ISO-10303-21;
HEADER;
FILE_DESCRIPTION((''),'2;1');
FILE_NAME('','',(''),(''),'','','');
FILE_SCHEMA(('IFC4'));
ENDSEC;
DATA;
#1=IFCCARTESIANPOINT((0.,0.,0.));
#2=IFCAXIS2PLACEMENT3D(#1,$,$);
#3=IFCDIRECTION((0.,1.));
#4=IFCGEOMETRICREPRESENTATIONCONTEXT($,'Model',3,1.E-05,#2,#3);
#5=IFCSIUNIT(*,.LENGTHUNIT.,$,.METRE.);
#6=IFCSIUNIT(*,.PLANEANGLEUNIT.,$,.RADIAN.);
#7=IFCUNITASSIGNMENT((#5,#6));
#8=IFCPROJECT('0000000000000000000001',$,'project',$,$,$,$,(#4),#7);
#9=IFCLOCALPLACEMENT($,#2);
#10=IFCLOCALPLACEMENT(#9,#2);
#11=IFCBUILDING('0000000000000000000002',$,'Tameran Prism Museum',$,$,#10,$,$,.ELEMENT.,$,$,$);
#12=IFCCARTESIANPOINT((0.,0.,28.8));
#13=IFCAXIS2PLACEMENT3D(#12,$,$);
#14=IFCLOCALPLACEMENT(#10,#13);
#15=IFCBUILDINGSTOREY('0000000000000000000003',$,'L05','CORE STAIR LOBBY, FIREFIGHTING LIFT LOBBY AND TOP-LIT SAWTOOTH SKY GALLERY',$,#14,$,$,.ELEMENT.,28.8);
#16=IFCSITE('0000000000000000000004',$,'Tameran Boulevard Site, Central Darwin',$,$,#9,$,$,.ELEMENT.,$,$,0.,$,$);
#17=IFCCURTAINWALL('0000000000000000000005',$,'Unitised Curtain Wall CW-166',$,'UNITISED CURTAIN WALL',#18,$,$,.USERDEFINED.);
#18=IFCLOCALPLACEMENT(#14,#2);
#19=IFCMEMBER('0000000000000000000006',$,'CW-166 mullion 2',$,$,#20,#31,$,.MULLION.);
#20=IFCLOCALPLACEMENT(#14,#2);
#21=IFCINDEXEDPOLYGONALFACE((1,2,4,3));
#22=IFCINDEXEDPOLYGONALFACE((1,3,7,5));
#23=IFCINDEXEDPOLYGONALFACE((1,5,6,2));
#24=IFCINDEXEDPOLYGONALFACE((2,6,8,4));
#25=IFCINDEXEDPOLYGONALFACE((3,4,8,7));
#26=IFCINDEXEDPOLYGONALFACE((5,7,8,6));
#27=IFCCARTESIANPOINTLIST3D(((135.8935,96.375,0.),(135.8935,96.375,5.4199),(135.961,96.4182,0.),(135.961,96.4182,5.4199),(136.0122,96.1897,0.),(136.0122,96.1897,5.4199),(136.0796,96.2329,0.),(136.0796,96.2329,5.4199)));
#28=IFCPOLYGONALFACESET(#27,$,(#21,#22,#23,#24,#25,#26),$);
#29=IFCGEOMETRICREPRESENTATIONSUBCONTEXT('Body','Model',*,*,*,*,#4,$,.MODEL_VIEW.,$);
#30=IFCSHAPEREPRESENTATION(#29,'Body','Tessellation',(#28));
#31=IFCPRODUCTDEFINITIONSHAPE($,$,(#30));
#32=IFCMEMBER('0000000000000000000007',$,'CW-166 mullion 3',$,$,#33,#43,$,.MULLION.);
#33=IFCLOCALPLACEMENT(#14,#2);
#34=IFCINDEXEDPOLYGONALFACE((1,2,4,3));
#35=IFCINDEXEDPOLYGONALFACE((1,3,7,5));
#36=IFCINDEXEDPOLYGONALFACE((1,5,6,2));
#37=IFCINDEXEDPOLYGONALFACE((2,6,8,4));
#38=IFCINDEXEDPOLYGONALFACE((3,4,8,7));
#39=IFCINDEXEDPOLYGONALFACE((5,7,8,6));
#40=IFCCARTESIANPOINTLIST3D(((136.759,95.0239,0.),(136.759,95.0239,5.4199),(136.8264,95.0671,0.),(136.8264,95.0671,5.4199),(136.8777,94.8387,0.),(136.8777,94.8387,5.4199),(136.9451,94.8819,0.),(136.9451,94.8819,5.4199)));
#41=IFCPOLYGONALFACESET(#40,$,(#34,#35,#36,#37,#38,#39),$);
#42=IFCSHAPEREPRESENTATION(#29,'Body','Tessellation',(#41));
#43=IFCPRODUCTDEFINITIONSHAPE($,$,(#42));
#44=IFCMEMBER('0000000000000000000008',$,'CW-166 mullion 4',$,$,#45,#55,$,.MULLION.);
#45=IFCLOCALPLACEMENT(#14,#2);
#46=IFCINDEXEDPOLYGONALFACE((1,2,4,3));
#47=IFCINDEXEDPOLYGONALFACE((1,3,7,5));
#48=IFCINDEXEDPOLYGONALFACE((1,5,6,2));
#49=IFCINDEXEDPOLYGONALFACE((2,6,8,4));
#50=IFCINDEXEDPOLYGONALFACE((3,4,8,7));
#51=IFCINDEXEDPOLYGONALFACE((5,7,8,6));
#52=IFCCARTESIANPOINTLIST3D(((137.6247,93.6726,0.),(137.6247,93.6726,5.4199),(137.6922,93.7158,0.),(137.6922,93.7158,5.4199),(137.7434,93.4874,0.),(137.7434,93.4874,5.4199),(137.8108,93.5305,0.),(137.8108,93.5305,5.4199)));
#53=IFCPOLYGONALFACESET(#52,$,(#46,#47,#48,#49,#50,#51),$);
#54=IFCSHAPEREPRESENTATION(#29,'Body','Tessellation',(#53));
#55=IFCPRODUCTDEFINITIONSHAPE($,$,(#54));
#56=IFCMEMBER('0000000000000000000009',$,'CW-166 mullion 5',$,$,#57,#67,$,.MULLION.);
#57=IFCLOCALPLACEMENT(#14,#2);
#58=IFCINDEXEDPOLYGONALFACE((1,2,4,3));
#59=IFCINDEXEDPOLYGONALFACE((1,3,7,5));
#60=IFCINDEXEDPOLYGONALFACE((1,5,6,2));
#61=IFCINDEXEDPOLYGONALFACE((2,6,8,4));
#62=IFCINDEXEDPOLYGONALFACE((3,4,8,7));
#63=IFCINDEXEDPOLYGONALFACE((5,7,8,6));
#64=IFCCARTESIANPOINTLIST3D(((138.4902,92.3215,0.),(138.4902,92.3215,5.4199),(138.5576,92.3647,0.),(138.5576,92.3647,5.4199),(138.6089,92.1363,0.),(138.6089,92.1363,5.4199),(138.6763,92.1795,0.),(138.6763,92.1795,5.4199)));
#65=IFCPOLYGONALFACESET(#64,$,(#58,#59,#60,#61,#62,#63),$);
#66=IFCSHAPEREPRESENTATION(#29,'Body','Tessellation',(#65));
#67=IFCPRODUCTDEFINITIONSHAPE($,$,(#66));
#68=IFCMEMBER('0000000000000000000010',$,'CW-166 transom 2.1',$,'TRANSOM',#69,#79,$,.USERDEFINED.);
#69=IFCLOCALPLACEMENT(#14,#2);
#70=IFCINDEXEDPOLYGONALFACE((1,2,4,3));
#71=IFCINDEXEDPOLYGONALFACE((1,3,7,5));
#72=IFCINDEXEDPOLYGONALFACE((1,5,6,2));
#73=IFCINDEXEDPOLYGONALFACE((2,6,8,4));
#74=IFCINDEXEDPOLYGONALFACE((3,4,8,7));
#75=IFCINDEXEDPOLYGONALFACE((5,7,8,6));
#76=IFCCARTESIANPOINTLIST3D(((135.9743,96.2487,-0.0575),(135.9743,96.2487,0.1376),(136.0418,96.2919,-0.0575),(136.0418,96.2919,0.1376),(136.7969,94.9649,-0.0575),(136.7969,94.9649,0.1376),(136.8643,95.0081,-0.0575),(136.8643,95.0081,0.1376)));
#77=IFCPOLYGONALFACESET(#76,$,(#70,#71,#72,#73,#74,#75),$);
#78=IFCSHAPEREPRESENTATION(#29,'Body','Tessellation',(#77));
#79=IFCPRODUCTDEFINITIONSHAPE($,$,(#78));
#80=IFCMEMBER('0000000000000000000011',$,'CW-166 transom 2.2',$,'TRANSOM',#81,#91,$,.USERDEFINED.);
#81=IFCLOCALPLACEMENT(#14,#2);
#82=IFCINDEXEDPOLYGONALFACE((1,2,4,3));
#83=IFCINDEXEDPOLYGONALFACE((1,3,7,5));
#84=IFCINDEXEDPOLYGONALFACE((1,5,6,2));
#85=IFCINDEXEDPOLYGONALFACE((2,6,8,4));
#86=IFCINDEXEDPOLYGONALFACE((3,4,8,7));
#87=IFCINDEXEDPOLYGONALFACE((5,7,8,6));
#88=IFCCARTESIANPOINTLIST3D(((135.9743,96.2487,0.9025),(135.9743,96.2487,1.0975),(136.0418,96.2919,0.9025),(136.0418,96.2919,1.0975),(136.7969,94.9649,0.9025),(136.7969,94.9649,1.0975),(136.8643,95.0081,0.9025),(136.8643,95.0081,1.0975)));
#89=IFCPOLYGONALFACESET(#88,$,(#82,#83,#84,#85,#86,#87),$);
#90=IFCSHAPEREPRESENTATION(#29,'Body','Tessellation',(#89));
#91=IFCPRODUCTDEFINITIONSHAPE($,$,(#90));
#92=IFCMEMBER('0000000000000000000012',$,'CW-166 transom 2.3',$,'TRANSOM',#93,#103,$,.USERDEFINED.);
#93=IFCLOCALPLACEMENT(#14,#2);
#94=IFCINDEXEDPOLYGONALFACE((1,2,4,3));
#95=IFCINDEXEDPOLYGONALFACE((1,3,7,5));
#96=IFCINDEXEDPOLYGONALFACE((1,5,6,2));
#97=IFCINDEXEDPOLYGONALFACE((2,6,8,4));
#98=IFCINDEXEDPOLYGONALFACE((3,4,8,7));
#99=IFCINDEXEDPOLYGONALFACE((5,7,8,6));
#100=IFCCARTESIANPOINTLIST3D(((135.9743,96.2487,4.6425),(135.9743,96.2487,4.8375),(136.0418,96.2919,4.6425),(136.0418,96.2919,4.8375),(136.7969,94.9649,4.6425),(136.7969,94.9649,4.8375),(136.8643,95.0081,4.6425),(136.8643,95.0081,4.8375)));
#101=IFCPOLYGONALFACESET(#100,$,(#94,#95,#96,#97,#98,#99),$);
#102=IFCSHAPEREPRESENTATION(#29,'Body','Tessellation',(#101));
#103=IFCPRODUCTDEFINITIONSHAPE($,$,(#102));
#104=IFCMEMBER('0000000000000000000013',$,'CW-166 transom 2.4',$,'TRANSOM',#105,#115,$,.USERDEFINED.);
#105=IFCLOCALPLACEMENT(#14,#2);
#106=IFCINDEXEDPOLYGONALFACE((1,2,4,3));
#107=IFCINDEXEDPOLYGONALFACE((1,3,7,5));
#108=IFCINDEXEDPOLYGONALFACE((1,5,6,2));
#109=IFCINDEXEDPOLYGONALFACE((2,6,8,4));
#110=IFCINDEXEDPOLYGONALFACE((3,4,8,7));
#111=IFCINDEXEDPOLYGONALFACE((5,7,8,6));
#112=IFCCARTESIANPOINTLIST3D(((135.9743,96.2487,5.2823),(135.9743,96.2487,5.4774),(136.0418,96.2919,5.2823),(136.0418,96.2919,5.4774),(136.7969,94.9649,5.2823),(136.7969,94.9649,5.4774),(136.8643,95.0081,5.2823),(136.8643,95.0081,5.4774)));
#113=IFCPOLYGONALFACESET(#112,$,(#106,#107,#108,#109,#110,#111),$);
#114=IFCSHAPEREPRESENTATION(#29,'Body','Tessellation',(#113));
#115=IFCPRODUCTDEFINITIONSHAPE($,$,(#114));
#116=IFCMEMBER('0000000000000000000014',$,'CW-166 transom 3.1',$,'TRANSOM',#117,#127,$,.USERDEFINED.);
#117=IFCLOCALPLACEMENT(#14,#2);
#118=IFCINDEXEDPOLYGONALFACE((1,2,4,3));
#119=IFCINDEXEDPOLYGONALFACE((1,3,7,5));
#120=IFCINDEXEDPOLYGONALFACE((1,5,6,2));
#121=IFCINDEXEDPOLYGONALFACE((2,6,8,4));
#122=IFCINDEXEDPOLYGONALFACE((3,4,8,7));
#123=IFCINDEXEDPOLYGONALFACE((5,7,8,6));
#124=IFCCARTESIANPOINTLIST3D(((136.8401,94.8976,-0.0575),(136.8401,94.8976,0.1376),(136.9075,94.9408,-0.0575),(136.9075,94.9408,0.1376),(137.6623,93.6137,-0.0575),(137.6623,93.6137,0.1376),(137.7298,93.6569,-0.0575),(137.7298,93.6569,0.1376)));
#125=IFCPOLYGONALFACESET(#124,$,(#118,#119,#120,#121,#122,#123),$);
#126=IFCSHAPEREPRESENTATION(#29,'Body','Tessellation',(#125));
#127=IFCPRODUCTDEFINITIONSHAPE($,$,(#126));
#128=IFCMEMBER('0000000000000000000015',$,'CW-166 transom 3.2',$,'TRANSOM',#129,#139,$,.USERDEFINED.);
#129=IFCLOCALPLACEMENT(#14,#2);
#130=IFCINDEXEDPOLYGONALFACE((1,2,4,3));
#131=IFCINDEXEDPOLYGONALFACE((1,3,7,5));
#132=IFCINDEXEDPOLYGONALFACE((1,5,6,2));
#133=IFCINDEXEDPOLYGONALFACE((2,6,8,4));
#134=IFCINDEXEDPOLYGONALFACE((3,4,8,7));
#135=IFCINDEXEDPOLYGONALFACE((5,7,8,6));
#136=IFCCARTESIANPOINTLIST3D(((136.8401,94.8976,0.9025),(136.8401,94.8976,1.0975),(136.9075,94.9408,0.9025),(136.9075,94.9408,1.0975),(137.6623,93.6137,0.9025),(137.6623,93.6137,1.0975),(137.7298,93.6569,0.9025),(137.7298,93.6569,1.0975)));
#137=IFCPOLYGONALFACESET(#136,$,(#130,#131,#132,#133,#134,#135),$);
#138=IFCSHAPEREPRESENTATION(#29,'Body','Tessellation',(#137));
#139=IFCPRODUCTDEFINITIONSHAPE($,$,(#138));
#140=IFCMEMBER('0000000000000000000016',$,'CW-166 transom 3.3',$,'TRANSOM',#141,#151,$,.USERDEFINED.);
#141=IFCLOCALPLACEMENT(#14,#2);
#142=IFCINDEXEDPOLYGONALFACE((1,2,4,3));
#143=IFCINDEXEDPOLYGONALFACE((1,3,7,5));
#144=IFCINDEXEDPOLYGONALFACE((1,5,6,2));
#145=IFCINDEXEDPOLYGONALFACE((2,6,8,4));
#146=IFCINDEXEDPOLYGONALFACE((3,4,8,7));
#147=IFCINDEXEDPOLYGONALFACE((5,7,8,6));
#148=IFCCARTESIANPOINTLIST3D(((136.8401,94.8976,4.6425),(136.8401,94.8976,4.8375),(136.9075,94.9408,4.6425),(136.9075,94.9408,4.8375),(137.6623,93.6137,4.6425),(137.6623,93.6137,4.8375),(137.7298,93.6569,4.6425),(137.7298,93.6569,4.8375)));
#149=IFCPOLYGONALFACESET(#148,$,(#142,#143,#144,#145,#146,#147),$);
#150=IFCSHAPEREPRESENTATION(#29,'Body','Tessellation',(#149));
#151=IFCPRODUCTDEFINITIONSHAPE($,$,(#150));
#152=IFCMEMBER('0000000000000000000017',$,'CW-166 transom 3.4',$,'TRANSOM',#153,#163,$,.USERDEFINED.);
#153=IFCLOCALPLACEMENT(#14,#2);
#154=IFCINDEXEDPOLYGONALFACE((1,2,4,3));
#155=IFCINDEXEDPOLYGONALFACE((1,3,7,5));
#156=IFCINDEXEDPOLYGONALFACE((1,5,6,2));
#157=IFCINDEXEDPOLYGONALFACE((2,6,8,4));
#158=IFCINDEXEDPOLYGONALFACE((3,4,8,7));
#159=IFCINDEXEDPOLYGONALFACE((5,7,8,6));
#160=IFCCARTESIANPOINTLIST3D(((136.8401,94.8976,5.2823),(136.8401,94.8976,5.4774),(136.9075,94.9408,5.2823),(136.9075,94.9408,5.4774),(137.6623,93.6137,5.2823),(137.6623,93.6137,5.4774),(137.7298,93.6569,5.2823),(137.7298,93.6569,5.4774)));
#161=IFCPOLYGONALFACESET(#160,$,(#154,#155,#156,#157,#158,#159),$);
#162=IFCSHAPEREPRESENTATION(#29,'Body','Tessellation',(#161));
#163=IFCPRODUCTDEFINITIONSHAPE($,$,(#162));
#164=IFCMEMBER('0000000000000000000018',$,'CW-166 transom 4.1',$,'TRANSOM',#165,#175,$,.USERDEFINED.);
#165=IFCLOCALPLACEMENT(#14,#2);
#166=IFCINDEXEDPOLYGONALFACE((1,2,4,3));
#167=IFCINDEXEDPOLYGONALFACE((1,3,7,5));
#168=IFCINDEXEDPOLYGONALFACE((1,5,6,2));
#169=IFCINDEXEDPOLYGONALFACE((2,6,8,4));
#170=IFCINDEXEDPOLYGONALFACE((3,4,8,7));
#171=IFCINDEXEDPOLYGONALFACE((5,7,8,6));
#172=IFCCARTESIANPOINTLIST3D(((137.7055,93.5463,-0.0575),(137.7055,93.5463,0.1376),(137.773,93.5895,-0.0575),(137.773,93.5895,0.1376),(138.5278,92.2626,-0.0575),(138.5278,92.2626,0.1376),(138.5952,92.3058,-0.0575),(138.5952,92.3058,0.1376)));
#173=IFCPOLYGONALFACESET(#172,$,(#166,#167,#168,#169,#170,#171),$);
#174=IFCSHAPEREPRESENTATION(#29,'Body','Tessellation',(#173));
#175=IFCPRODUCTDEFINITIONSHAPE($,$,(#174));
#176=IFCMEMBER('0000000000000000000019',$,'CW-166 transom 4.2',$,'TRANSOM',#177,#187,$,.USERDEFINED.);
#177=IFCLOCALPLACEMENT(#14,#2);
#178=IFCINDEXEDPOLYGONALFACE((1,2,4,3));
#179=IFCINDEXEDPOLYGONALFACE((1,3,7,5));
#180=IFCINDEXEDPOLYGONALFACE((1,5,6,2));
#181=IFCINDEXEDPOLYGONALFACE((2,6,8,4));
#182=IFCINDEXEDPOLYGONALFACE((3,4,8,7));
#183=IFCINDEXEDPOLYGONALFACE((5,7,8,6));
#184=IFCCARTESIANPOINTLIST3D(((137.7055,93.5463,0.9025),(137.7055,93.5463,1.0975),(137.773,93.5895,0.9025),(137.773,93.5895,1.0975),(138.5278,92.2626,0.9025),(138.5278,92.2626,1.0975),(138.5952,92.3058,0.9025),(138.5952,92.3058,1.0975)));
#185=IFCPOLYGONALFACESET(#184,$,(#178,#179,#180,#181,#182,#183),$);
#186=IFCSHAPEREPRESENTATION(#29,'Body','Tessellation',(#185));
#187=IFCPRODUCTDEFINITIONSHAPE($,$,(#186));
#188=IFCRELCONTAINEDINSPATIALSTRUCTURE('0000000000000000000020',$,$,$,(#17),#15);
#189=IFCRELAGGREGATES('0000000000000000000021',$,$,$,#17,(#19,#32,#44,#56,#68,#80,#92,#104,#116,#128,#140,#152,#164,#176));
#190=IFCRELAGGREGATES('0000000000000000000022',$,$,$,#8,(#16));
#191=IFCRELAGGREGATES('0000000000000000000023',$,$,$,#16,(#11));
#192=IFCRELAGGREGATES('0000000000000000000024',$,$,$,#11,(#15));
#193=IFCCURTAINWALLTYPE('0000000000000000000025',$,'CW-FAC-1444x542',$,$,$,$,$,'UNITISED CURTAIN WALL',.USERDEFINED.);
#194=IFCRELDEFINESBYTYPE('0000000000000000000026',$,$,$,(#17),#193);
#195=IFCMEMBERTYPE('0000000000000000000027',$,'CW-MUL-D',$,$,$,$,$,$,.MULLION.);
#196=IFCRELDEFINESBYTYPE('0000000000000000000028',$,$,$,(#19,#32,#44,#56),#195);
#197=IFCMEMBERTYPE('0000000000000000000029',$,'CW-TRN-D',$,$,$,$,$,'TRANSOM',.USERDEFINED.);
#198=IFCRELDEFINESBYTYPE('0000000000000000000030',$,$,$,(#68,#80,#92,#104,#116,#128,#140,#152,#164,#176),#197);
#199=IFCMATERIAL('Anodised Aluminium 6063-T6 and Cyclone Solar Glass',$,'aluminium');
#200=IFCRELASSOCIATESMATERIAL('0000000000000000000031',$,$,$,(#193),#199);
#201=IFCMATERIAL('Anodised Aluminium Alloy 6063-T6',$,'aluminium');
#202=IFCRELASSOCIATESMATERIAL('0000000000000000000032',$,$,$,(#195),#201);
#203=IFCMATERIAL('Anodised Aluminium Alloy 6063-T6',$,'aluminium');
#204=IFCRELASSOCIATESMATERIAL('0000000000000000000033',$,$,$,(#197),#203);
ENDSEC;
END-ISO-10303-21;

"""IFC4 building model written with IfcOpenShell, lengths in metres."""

from ifc_helpers import new_model, si_unit, direction, frame, origin, origin_2d, place, context, subcontext, project, spatial, rectangle, extrude, material, material_profile, profile_set, type_object, element, aggregate, save


model = new_model("IFC4")

# Units and contexts
model_context = context("Model", 3, precision=1e-05, world=origin(), true_north=direction((0.0, 1.0)))
body_context = subcontext(model_context, "Body", "Model", "MODEL_VIEW")
ifc_project = project(units=[si_unit("LENGTHUNIT", "METRE"), si_unit("PLANEANGLEUNIT", "RADIAN")], contexts=[model_context])

# Site, building, storey
site_placement = place(None, origin())
site = spatial("IfcSite", under=ifc_project, at=site_placement, Name="Tameran Boulevard Site, Central Darwin", CompositionType="ELEMENT", RefElevation=0.0)
building_placement = place(site_placement, origin())
building = spatial("IfcBuilding", under=site, at=building_placement, Name="Tameran Prism Museum", CompositionType="ELEMENT")
storey_placement = place(building_placement, frame((0.0, 0.0, 28.8)))
storey = spatial("IfcBuildingStorey", under=building, at=storey_placement, Name="L05", Description="CORE STAIR LOBBY, FIREFIGHTING LIFT LOBBY AND TOP-LIT SAWTOOTH SKY GALLERY", CompositionType="ELEMENT", Elevation=28.8)

# Curtain wall, members
ifc_material_1 = material(Name="Anodised Aluminium 6063-T6 and Cyclone Solar Glass", Category="aluminium")
curtain_wall_type = type_object("IfcCurtainWallType", Name="CW-FAC-1444x542", ElementType="UNITISED CURTAIN WALL", PredefinedType="USERDEFINED", material=ifc_material_1)
curtain_wall_placement = place(storey_placement, origin())
curtain_wall = element("IfcCurtainWall", 1, at=curtain_wall_placement, inside=storey, type_object=curtain_wall_type, Name="Unitised Curtain Wall CW-166", ObjectType="UNITISED CURTAIN WALL", PredefinedType="USERDEFINED")
ifc_material_2 = material(Name="Anodised Aluminium Alloy 6063-T6", Category="aluminium")
ifc_material_profile_1 = material_profile(ifc_material_2, rectangle(XDim=0.0801, YDim=0.22, at=origin_2d()))
ifc_profile_set_1 = profile_set([ifc_material_profile_1])
member_type_1 = type_object("IfcMemberType", Name="CW-MUL-D", PredefinedType="MULLION", material=ifc_profile_set_1)
member_1_placement = place(storey_placement, frame((135.9866, 96.304, 0.0), z_axis=(0.0, 0.0, 1.0), x_axis=(0.842032, 0.539427, 0.0)))
member_1 = element("IfcMember", 2, at=member_1_placement, type_object=member_type_1, Name="CW-166 mullion 2", PredefinedType="MULLION", context=body_context, shape_type="SweptSolid", body=[
    extrude(rectangle(XDim=0.0801, YDim=0.22, at=origin_2d()), origin(), (0.0, 0.0, 1.0), 5.4199),
])
member_2_placement = place(storey_placement, frame((136.8521, 94.9529, 0.0), z_axis=(0.0, 0.0, 1.0), x_axis=(0.842032, 0.539427, 0.0)))
member_2 = element("IfcMember", 3, at=member_2_placement, type_object=member_type_1, Name="CW-166 mullion 3", PredefinedType="MULLION", context=body_context, shape_type="SweptSolid", body=[
    extrude(rectangle(XDim=0.0801, YDim=0.22, at=origin_2d()), origin(), (0.0, 0.0, 1.0), 5.4199),
])
member_3_placement = place(storey_placement, frame((137.7178, 93.6016, 0.0), z_axis=(0.0, 0.0, 1.0), x_axis=(0.842032, 0.539427, 0.0)))
member_3 = element("IfcMember", 4, at=member_3_placement, type_object=member_type_1, Name="CW-166 mullion 4", PredefinedType="MULLION", context=body_context, shape_type="SweptSolid", body=[
    extrude(rectangle(XDim=0.0801, YDim=0.22, at=origin_2d()), origin(), (0.0, 0.0, 1.0), 5.4199),
])
member_4_placement = place(storey_placement, frame((138.5833, 92.2505, 0.0), z_axis=(0.0, 0.0, 1.0), x_axis=(0.842032, 0.539427, 0.0)))
member_4 = element("IfcMember", 5, at=member_4_placement, type_object=member_type_1, Name="CW-166 mullion 5", PredefinedType="MULLION", context=body_context, shape_type="SweptSolid", body=[
    extrude(rectangle(XDim=0.0801, YDim=0.22, at=origin_2d()), origin(), (0.0, 0.0, 1.0), 5.4199),
])
ifc_material_3 = material(Name="Anodised Aluminium Alloy 6063-T6", Category="aluminium")
ifc_material_profile_2 = material_profile(ifc_material_3, rectangle(XDim=0.0801, YDim=0.1951, at=origin_2d()))
ifc_profile_set_2 = profile_set([ifc_material_profile_2])
member_type_2 = type_object("IfcMemberType", Name="CW-TRN-D", ElementType="TRANSOM", PredefinedType="USERDEFINED", material=ifc_profile_set_2)
member_5_placement = place(storey_placement, frame((136.0081, 96.2703, 0.04), z_axis=(0.539494, -0.841989, 0.0), x_axis=(0.841989, 0.539494, 0.0)))
member_5 = element("IfcMember", 6, at=member_5_placement, type_object=member_type_2, Name="CW-166 transom 2.1", ObjectType="TRANSOM", PredefinedType="USERDEFINED", context=body_context, shape_type="SweptSolid", body=[
    extrude(rectangle(XDim=0.0801, YDim=0.1951, at=origin_2d()), origin(), (0.0, 0.0, 1.0), 1.5247),
])
member_6_placement = place(storey_placement, frame((136.0081, 96.2703, 1.0), z_axis=(0.539494, -0.841989, 0.0), x_axis=(0.841989, 0.539494, 0.0)))
member_6 = element("IfcMember", 7, at=member_6_placement, type_object=member_type_2, Name="CW-166 transom 2.2", ObjectType="TRANSOM", PredefinedType="USERDEFINED", context=body_context, shape_type="SweptSolid", body=[
    extrude(rectangle(XDim=0.0801, YDim=0.1951, at=origin_2d()), origin(), (0.0, 0.0, 1.0), 1.5247),
])
member_7_placement = place(storey_placement, frame((136.0081, 96.2703, 4.74), z_axis=(0.539494, -0.841989, 0.0), x_axis=(0.841989, 0.539494, 0.0)))
member_7 = element("IfcMember", 8, at=member_7_placement, type_object=member_type_2, Name="CW-166 transom 2.3", ObjectType="TRANSOM", PredefinedType="USERDEFINED", context=body_context, shape_type="SweptSolid", body=[
    extrude(rectangle(XDim=0.0801, YDim=0.1951, at=origin_2d()), origin(), (0.0, 0.0, 1.0), 1.5247),
])
member_8_placement = place(storey_placement, frame((136.0081, 96.2703, 5.3799), z_axis=(0.539494, -0.841989, 0.0), x_axis=(0.841989, 0.539494, 0.0)))
member_8 = element("IfcMember", 9, at=member_8_placement, type_object=member_type_2, Name="CW-166 transom 2.4", ObjectType="TRANSOM", PredefinedType="USERDEFINED", context=body_context, shape_type="SweptSolid", body=[
    extrude(rectangle(XDim=0.0801, YDim=0.1951, at=origin_2d()), origin(), (0.0, 0.0, 1.0), 1.5247),
])
member_9_placement = place(storey_placement, frame((136.8738, 94.9192, 0.04), z_axis=(0.539308, -0.842109, 0.0), x_axis=(0.842109, 0.539308, 0.0)))
member_9 = element("IfcMember", 10, at=member_9_placement, type_object=member_type_2, Name="CW-166 transom 3.1", ObjectType="TRANSOM", PredefinedType="USERDEFINED", context=body_context, shape_type="SweptSolid", body=[
    extrude(rectangle(XDim=0.0801, YDim=0.1951, at=origin_2d()), origin(), (0.0, 0.0, 1.0), 1.5247),
])
member_10_placement = place(storey_placement, frame((136.8738, 94.9192, 1.0), z_axis=(0.539308, -0.842109, 0.0), x_axis=(0.842109, 0.539308, 0.0)))
member_10 = element("IfcMember", 11, at=member_10_placement, type_object=member_type_2, Name="CW-166 transom 3.2", ObjectType="TRANSOM", PredefinedType="USERDEFINED", context=body_context, shape_type="SweptSolid", body=[
    extrude(rectangle(XDim=0.0801, YDim=0.1951, at=origin_2d()), origin(), (0.0, 0.0, 1.0), 1.5247),
])
member_11_placement = place(storey_placement, frame((136.8738, 94.9192, 4.74), z_axis=(0.539308, -0.842109, 0.0), x_axis=(0.842109, 0.539308, 0.0)))
member_11 = element("IfcMember", 12, at=member_11_placement, type_object=member_type_2, Name="CW-166 transom 3.3", ObjectType="TRANSOM", PredefinedType="USERDEFINED", context=body_context, shape_type="SweptSolid", body=[
    extrude(rectangle(XDim=0.0801, YDim=0.1951, at=origin_2d()), origin(), (0.0, 0.0, 1.0), 1.5247),
])
member_12_placement = place(storey_placement, frame((136.8738, 94.9192, 5.3799), z_axis=(0.539308, -0.842109, 0.0), x_axis=(0.842109, 0.539308, 0.0)))
member_12 = element("IfcMember", 13, at=member_12_placement, type_object=member_type_2, Name="CW-166 transom 3.4", ObjectType="TRANSOM", PredefinedType="USERDEFINED", context=body_context, shape_type="SweptSolid", body=[
    extrude(rectangle(XDim=0.0801, YDim=0.1951, at=origin_2d()), origin(), (0.0, 0.0, 1.0), 1.5247),
])
member_13_placement = place(storey_placement, frame((137.7393, 93.5679, 0.04), z_axis=(0.539381, -0.842062, 0.0), x_axis=(0.842062, 0.539381, 0.0)))
member_13 = element("IfcMember", 14, at=member_13_placement, type_object=member_type_2, Name="CW-166 transom 4.1", ObjectType="TRANSOM", PredefinedType="USERDEFINED", context=body_context, shape_type="SweptSolid", body=[
    extrude(rectangle(XDim=0.0801, YDim=0.1951, at=origin_2d()), origin(), (0.0, 0.0, 1.0), 1.5244),
])
member_14_placement = place(storey_placement, frame((137.7393, 93.5679, 1.0), z_axis=(0.539381, -0.842062, 0.0), x_axis=(0.842062, 0.539381, 0.0)))
member_14 = element("IfcMember", 15, at=member_14_placement, type_object=member_type_2, Name="CW-166 transom 4.2", ObjectType="TRANSOM", PredefinedType="USERDEFINED", context=body_context, shape_type="SweptSolid", body=[
    extrude(rectangle(XDim=0.0801, YDim=0.1951, at=origin_2d()), origin(), (0.0, 0.0, 1.0), 1.5244),
])
aggregate(curtain_wall, [member_1, member_2, member_3, member_4, member_5, member_6, member_7, member_8, member_9, member_10, member_11, member_12, member_13, member_14])

save(model, "model.ifc")
